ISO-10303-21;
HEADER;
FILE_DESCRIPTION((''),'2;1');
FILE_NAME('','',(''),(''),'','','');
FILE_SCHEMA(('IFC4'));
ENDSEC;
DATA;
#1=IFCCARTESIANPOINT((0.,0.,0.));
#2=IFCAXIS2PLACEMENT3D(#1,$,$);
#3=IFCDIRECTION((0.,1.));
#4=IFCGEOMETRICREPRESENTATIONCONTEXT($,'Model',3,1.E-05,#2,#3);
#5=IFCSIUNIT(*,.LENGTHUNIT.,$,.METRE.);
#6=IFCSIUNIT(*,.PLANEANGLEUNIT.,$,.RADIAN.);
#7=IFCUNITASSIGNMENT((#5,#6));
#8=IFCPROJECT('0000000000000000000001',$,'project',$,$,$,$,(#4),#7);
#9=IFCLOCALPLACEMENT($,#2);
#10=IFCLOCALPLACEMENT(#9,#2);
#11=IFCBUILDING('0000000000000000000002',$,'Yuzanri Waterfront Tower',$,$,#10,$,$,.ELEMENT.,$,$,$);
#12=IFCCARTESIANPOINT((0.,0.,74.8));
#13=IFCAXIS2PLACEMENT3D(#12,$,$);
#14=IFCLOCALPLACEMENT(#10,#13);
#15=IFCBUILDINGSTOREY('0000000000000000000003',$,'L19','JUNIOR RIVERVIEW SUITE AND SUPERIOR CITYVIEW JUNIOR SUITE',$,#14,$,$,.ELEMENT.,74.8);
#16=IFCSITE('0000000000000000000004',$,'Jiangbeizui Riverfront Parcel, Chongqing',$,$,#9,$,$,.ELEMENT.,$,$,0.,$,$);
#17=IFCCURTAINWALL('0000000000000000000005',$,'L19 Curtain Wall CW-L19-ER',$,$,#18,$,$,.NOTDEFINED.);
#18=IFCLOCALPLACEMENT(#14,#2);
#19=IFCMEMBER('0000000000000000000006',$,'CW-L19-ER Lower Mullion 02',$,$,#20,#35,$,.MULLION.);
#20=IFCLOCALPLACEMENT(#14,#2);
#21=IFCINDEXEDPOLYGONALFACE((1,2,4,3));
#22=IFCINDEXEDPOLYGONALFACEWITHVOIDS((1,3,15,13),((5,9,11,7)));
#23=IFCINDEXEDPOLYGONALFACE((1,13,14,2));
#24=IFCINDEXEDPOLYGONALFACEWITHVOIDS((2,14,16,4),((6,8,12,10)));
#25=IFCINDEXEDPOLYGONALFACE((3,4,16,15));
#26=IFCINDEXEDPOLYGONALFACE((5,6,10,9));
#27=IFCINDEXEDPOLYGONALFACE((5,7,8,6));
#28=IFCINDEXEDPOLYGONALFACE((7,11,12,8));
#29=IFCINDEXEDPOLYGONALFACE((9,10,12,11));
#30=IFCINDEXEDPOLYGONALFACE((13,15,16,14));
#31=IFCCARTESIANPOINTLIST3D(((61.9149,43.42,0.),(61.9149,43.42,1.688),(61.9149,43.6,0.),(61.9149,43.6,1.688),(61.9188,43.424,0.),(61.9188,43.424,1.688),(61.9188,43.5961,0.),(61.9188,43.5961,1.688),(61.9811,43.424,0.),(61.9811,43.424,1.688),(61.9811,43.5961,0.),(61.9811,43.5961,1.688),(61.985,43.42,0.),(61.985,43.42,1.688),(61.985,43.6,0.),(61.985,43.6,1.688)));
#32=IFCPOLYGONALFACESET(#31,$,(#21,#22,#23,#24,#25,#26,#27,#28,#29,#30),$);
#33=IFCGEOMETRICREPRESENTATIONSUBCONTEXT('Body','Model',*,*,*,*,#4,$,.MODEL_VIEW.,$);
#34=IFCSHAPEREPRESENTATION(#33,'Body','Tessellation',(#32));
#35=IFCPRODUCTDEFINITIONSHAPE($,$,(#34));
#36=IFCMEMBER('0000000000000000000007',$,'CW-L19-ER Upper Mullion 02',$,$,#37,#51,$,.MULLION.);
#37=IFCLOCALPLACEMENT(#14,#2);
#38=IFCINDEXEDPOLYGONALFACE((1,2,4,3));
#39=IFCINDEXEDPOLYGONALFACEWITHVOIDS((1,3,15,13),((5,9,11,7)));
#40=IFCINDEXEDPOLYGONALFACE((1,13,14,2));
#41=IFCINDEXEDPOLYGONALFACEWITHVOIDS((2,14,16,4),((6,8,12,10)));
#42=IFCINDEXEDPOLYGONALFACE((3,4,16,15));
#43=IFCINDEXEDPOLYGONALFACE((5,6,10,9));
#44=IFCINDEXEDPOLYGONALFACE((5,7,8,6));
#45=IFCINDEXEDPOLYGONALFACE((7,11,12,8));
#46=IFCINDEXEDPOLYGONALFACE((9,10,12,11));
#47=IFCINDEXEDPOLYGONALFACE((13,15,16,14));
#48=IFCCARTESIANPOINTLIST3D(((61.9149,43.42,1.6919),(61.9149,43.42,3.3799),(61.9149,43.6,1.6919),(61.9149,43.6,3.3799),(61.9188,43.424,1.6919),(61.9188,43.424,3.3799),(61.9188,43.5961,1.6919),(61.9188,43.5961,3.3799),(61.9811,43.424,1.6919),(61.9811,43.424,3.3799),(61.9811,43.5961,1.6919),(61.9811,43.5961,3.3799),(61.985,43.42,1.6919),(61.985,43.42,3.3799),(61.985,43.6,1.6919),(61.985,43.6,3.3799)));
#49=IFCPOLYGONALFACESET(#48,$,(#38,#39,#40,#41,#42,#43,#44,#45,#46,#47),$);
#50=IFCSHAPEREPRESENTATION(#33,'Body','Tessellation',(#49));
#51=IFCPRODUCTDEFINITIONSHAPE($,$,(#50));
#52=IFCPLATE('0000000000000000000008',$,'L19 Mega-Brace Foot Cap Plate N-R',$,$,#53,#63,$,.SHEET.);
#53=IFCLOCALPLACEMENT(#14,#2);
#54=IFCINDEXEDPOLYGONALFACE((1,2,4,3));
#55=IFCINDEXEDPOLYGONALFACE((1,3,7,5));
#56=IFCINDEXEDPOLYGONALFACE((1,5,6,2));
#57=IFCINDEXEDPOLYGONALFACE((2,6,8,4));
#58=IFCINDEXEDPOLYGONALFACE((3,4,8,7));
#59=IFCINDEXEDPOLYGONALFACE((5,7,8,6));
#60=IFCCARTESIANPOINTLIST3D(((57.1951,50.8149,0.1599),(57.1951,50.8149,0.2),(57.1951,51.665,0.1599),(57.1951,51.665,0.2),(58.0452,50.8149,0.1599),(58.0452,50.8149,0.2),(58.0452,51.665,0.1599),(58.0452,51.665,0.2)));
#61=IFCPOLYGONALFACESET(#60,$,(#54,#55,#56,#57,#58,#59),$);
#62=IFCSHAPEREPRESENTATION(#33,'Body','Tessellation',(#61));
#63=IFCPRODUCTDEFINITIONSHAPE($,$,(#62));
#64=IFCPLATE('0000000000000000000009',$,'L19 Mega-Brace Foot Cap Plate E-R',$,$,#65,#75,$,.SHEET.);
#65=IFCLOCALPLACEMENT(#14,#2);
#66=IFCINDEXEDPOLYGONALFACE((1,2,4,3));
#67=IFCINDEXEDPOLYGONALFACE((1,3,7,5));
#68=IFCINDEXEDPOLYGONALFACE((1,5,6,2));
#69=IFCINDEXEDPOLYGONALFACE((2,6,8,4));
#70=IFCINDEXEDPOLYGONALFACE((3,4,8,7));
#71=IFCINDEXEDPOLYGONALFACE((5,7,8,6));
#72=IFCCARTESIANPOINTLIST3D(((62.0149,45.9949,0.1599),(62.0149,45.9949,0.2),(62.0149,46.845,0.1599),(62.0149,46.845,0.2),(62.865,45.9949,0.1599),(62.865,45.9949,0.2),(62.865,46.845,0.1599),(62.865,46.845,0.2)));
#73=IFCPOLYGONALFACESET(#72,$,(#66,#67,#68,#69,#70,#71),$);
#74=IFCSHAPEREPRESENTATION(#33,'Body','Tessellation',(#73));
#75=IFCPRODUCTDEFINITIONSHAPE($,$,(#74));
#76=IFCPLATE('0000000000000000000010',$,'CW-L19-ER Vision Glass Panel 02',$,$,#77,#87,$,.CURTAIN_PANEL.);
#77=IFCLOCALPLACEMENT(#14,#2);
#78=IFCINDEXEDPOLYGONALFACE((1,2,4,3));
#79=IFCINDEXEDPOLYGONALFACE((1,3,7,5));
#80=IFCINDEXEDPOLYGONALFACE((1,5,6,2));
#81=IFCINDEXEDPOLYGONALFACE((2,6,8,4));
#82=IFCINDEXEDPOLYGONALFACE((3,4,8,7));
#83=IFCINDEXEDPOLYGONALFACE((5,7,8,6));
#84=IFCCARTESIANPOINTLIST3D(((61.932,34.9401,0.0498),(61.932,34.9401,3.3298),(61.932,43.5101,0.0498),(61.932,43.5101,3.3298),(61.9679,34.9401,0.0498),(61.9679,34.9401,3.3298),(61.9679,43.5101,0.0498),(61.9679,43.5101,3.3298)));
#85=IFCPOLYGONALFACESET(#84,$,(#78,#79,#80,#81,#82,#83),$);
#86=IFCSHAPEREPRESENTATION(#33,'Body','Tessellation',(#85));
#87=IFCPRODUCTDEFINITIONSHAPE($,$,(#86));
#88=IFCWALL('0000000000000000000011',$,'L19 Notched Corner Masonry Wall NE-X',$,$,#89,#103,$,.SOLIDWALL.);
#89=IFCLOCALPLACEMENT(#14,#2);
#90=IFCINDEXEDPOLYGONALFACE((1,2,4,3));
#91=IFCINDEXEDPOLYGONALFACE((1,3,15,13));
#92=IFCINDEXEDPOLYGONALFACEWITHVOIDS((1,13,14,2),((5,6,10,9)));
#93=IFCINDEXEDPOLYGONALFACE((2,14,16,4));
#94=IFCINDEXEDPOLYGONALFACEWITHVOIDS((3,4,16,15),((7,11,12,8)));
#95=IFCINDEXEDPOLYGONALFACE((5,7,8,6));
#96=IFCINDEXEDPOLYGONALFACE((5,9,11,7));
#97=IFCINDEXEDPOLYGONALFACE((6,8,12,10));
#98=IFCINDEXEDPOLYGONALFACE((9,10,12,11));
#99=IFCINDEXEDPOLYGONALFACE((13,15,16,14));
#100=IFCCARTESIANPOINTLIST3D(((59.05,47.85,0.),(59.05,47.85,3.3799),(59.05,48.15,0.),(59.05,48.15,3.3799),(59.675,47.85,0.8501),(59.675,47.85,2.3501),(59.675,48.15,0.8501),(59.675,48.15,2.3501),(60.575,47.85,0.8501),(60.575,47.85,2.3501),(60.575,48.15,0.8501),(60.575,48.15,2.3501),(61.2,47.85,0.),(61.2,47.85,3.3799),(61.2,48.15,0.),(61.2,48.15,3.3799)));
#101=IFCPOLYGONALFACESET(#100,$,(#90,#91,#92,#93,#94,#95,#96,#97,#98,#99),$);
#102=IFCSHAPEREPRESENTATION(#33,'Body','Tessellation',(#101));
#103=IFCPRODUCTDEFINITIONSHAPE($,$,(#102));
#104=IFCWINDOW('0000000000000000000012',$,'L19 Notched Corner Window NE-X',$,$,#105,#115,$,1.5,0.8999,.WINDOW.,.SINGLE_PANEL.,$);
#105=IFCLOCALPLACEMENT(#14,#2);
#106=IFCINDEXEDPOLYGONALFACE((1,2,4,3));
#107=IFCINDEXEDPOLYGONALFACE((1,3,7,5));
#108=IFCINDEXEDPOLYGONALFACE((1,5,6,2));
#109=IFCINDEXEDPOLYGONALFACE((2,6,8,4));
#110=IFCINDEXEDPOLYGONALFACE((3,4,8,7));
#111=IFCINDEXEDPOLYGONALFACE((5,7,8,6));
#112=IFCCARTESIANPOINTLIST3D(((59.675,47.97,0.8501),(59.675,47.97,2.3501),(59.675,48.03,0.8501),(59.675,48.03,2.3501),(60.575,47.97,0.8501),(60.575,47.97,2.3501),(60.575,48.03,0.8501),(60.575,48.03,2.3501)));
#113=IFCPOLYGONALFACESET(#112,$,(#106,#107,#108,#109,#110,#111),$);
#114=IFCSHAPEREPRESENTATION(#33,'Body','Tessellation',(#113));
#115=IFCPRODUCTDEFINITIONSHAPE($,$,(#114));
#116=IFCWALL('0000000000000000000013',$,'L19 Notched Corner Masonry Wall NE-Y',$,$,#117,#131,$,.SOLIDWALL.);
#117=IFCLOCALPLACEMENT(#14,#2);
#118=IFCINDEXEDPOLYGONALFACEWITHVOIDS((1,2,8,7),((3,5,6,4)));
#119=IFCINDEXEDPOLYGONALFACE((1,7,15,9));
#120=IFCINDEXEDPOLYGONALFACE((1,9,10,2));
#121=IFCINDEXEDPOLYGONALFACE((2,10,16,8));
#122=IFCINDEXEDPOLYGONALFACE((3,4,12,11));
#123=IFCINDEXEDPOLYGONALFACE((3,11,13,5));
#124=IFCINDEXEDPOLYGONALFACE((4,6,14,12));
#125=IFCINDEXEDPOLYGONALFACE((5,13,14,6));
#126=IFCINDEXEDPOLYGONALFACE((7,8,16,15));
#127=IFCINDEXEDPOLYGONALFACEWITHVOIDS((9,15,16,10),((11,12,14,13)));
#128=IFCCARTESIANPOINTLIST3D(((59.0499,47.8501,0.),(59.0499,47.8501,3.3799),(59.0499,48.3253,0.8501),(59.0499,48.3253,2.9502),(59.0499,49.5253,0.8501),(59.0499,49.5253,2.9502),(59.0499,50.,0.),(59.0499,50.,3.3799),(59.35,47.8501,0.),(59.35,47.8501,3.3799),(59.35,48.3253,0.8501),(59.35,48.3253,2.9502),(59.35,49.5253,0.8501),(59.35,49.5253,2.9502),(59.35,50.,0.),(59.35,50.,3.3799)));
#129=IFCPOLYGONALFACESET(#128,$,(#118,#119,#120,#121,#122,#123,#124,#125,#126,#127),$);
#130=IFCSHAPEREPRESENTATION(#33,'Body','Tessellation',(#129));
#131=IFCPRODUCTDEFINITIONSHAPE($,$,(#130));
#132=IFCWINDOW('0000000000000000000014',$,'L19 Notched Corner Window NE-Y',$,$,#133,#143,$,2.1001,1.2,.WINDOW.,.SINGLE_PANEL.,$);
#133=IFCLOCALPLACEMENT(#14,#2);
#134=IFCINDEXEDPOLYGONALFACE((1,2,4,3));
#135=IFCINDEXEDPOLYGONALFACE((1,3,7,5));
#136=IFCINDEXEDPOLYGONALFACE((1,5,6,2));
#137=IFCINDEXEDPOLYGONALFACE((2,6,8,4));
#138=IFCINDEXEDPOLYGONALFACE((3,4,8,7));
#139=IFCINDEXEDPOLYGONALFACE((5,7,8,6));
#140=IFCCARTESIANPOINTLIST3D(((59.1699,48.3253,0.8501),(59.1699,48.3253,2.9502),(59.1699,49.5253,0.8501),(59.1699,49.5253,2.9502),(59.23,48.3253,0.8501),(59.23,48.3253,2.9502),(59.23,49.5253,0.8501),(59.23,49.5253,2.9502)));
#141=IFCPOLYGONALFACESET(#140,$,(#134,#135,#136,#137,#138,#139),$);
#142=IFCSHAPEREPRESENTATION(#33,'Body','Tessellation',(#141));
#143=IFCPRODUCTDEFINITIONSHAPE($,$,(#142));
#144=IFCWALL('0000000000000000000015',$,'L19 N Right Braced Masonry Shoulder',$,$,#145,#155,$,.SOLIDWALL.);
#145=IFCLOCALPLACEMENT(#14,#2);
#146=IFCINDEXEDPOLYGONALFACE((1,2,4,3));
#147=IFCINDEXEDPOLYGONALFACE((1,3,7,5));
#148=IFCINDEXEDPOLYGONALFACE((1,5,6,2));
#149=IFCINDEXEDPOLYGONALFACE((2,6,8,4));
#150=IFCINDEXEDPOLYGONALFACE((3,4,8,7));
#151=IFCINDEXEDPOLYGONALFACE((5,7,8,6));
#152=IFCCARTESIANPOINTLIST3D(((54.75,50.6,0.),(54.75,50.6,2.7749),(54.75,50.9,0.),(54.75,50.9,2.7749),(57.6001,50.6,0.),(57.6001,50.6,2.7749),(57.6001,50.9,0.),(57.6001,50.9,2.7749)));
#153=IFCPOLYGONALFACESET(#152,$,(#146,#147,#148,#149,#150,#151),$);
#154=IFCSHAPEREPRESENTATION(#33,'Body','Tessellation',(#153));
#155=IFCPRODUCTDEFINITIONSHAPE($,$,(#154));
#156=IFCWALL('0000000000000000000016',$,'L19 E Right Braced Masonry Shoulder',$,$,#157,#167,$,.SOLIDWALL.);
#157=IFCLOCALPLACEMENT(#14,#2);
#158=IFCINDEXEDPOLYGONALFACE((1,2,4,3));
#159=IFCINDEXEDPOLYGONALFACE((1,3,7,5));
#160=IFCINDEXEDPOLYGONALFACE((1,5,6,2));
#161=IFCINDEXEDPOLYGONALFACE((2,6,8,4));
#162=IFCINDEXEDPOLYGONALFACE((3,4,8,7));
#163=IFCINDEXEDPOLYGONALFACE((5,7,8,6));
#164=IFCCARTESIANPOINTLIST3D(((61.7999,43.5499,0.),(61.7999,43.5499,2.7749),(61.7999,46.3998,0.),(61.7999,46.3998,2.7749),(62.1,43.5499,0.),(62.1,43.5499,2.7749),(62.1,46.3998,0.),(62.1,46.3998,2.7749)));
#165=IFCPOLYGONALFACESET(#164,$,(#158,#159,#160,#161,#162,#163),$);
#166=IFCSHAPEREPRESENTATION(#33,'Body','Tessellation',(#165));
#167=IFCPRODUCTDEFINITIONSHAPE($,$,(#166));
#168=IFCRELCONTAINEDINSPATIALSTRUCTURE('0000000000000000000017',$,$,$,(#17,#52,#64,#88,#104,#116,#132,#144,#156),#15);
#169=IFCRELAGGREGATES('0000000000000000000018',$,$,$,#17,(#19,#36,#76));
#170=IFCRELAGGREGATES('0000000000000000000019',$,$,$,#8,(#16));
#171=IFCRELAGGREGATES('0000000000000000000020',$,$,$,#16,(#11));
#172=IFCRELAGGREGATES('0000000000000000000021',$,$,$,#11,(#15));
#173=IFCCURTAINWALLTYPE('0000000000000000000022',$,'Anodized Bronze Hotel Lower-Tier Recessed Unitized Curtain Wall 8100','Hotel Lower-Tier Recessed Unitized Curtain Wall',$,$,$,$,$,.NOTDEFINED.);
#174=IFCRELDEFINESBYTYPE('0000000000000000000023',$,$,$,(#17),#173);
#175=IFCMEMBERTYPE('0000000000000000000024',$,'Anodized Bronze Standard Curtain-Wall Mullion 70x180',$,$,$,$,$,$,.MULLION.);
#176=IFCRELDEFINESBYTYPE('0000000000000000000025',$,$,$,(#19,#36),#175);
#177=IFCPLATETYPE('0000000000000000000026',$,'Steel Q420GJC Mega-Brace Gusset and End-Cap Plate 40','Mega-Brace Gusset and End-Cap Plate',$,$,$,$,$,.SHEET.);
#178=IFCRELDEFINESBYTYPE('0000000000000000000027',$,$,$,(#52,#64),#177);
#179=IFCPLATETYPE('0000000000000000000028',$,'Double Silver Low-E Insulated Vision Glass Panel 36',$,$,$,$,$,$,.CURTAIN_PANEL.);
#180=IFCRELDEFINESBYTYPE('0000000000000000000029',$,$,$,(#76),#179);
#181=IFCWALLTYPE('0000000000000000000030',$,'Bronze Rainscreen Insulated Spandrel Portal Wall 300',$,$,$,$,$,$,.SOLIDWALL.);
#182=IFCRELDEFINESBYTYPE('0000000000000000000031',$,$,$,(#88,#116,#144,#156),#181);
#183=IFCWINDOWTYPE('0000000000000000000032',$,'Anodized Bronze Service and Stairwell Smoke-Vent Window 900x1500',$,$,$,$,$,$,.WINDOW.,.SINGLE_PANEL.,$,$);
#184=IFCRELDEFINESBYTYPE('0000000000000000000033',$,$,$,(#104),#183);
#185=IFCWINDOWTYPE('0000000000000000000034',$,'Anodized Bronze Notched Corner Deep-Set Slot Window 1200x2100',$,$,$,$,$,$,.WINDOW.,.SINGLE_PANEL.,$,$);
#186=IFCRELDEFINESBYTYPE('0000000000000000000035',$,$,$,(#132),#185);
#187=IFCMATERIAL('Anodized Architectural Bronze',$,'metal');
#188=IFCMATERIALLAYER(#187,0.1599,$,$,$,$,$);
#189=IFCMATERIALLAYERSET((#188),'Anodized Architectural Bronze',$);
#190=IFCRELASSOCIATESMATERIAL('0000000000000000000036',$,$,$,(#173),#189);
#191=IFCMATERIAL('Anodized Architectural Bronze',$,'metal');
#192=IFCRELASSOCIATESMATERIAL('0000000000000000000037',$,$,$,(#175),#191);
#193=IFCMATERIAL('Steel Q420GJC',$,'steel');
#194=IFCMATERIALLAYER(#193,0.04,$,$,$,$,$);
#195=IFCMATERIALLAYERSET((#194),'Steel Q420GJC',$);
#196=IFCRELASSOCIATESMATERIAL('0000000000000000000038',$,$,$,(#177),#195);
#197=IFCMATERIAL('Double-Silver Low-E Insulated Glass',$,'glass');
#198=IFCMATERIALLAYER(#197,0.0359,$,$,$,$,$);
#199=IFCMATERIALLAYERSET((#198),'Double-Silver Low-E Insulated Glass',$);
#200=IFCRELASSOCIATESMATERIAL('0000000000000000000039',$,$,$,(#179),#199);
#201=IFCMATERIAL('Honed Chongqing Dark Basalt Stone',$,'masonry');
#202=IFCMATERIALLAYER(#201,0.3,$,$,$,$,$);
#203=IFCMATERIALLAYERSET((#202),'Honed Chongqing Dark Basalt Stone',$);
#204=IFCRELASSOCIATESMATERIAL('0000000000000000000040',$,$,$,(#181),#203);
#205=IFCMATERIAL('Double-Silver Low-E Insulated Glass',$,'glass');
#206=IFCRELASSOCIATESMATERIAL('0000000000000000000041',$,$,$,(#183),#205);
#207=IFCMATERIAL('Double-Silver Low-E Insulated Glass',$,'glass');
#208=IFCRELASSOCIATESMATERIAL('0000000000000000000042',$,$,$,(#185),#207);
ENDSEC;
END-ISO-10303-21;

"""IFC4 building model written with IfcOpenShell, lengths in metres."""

from ifc_helpers import new_model, si_unit, direction, frame, frame_2d, origin, origin_2d, place, context, subcontext, project, spatial, rectangle, hollow_rectangle, extrude, source, transform, mapped, material, layer, layer_set, material_profile, profile_set, type_object, element, fill, aggregate, save


model = new_model("IFC4")

# Units and contexts
model_context = context("Model", 3, precision=1e-05, world=origin(), true_north=direction((0.0, 1.0)))
body_context = subcontext(model_context, "Body", "Model", "MODEL_VIEW")
ifc_project = project(units=[si_unit("LENGTHUNIT", "METRE"), si_unit("PLANEANGLEUNIT", "RADIAN")], contexts=[model_context])

# Site, building, storey
site_placement = place(None, origin())
site = spatial("IfcSite", under=ifc_project, at=site_placement, Name="Jiangbeizui Riverfront Parcel, Chongqing", CompositionType="ELEMENT", RefElevation=0.0)
building_placement = place(site_placement, origin())
building = spatial("IfcBuilding", under=site, at=building_placement, Name="Yuzanri Waterfront Tower", CompositionType="ELEMENT")
storey_placement = place(building_placement, frame((0.0, 0.0, 74.8)))
storey = spatial("IfcBuildingStorey", under=building, at=storey_placement, Name="L19", Description="JUNIOR RIVERVIEW SUITE AND SUPERIOR CITYVIEW JUNIOR SUITE", CompositionType="ELEMENT", Elevation=74.8)

# Curtain wall, members
ifc_material_1 = material(Name="Anodized Architectural Bronze", Category="metal")
ifc_layer_1 = layer(ifc_material_1, 0.1599)
ifc_layer_set_1 = layer_set([ifc_layer_1], Name="Anodized Architectural Bronze")
curtain_wall_type = type_object("IfcCurtainWallType", Name="Anodized Bronze Hotel Lower-Tier Recessed Unitized Curtain Wall 8100", Description="Hotel Lower-Tier Recessed Unitized Curtain Wall", PredefinedType="NOTDEFINED", material=ifc_layer_set_1)
ifc_material_2 = material(Name="Anodized Architectural Bronze", Category="metal")
ifc_material_profile_1 = material_profile(ifc_material_2, hollow_rectangle(XDim=0.0701, YDim=0.1799, WallThickness=0.0039, at=origin_2d()), Name="CWM 70x180")
ifc_profile_set_1 = profile_set([ifc_material_profile_1], Name="Anodized Architectural Bronze")
member_type_1 = type_object("IfcMemberType", Name="Anodized Bronze Standard Curtain-Wall Mullion 70x180", PredefinedType="MULLION", material=ifc_profile_set_1)
shared_shape_1 = source(origin(), body_context, "Body", "SweptSolid", [
    extrude(hollow_rectangle(XDim=0.0701, YDim=0.1799, WallThickness=0.0039, at=origin_2d()), origin(), (0.0, 0.0, 1.0), 1.688),
])
curtain_wall_1_placement = place(storey_placement, origin())
curtain_wall_1 = element("IfcCurtainWall", 1, at=curtain_wall_1_placement, inside=storey, type_object=curtain_wall_type, Name="L19 Curtain Wall CW-L19-ER", PredefinedType="NOTDEFINED")
member_1_placement = place(storey_placement, frame((61.95, 43.51, 0.0), z_axis=(0.0, 0.0, 1.0), x_axis=(1.0, 0.0, 0.0)))
member_1 = element("IfcMember", 2, at=member_1_placement, type_object=member_type_1, Name="CW-L19-ER Lower Mullion 02", PredefinedType="MULLION", context=body_context, shape_type="MappedRepresentation", body=[
    mapped(shared_shape_1, transform((0.0, 0.0, 0.0), scale=1.0)),
])
member_2_placement = place(storey_placement, frame((61.95, 43.51, 1.6919), z_axis=(0.0, 0.0, 1.0), x_axis=(1.0, 0.0, 0.0)))
member_2 = element("IfcMember", 3, at=member_2_placement, type_object=member_type_1, Name="CW-L19-ER Upper Mullion 02", PredefinedType="MULLION", context=body_context, shape_type="MappedRepresentation", body=[
    mapped(shared_shape_1, transform((0.0, 0.0, 0.0), scale=1.0)),
])

# Plates
ifc_material_3 = material(Name="Steel Q420GJC", Category="steel")
ifc_layer_2 = layer(ifc_material_3, 0.04)
ifc_layer_set_2 = layer_set([ifc_layer_2], Name="Steel Q420GJC")
plate_type_1 = type_object("IfcPlateType", Name="Steel Q420GJC Mega-Brace Gusset and End-Cap Plate 40", Description="Mega-Brace Gusset and End-Cap Plate", PredefinedType="SHEET", material=ifc_layer_set_2)
shared_shape_2 = source(origin(), body_context, "Body", "SweptSolid", [
    extrude(rectangle(XDim=0.8501, YDim=0.8501, at=origin_2d()), origin(), (0.0, 0.0, 1.0), 0.04),
])
for number, where, z_axis, x_axis, name in (
    (4, (57.6201, 51.24, 0.1599), (0.0, 0.0, 1.0), (1.0, 0.0, 0.0), "L19 Mega-Brace Foot Cap Plate N-R"),
    (5, (62.4399, 46.4199, 0.1599), (0.0, 0.0, 1.0), (1.0, 0.0, 0.0), "L19 Mega-Brace Foot Cap Plate E-R"),
):
    element("IfcPlate", number, at=place(storey_placement, frame(where, z_axis=z_axis, x_axis=x_axis)), inside=storey, type_object=plate_type_1, Name=name, PredefinedType="SHEET", context=body_context, shape_type="MappedRepresentation", body=[
        mapped(shared_shape_2, transform((0.0, 0.0, 0.0), scale=1.0)),
    ])

# Plate
ifc_material_4 = material(Name="Double-Silver Low-E Insulated Glass", Category="glass")
ifc_layer_3 = layer(ifc_material_4, 0.0359)
ifc_layer_set_3 = layer_set([ifc_layer_3], Name="Double-Silver Low-E Insulated Glass")
plate_type_2 = type_object("IfcPlateType", Name="Double Silver Low-E Insulated Vision Glass Panel 36", PredefinedType="CURTAIN_PANEL", material=ifc_layer_set_3)
shared_shape_3 = source(origin(), body_context, "Body", "SweptSolid", [
    extrude(rectangle(XDim=8.5701, YDim=0.0359, at=origin_2d()), origin(), (0.0, 0.0, 1.0), 3.28),
])
plate_placement = place(storey_placement, frame((61.95, 39.2251, 0.0498), z_axis=(0.0, 0.0, 1.0), x_axis=(0.0, 1.0, 0.0)))
plate = element("IfcPlate", 6, at=plate_placement, type_object=plate_type_2, Name="CW-L19-ER Vision Glass Panel 02", PredefinedType="CURTAIN_PANEL", context=body_context, shape_type="MappedRepresentation", body=[
    mapped(shared_shape_3, transform((0.0, 0.0, 0.0), scale=1.0)),
])
aggregate(curtain_wall_1, [member_1, member_2, plate])

# Walls, openings, windows
ifc_material_5 = material(Name="Honed Chongqing Dark Basalt Stone", Category="masonry")
ifc_layer_4 = layer(ifc_material_5, 0.3)
ifc_layer_set_4 = layer_set([ifc_layer_4], Name="Honed Chongqing Dark Basalt Stone")
wall_type_1 = type_object("IfcWallType", Name="Bronze Rainscreen Insulated Spandrel Portal Wall 300", PredefinedType="SOLIDWALL", material=ifc_layer_set_4)
wall_1_placement = place(storey_placement, frame((61.2, 48.0, 0.0), z_axis=(0.0, 0.0, 1.0), x_axis=(-1.0, 0.0, 0.0)))
wall_1 = element("IfcWall", 7, at=wall_1_placement, inside=storey, type_object=wall_type_1, Name="L19 Notched Corner Masonry Wall NE-X", PredefinedType="SOLIDWALL", context=body_context, shape_type="SweptSolid", body=[
    extrude(rectangle(XDim=2.1499, YDim=0.3, at=frame_2d((1.075, 0.0))), origin(), (0.0, 0.0, 1.0), 3.3799),
])
opening_1_placement = place(wall_1_placement, frame((0.625, 0.0, 0.8501)))
opening_1 = element("IfcOpeningElement", 8, at=opening_1_placement, cuts=wall_1, PredefinedType="OPENING", context=body_context, shape_type="SweptSolid", body=[
    extrude(rectangle(XDim=0.8999, YDim=1.5, at=frame_2d((0.45, 0.75))), frame((0.0, 0.165, 0.0), z_axis=(0.0, -1.0, 0.0), x_axis=(1.0, 0.0, 0.0)), (0.0, 0.0, 1.0), 0.3298),
])
ifc_material_6 = material(Name="Double-Silver Low-E Insulated Glass", Category="glass")
window_type_1 = type_object("IfcWindowType", Name="Anodized Bronze Service and Stairwell Smoke-Vent Window 900x1500", PartitioningType="SINGLE_PANEL", PredefinedType="WINDOW", material=ifc_material_6)
shared_shape_4 = source(origin(), body_context, "Body", "SweptSolid", [
    extrude(rectangle(XDim=0.8999, YDim=1.5, at=frame_2d((0.45, 0.75))), frame((0.0, 0.03, 0.0), z_axis=(0.0, -1.0, 0.0), x_axis=(1.0, 0.0, 0.0)), (0.0, 0.0, 1.0), 0.0601),
])
window_1_placement = place(opening_1_placement, origin())
window_1 = element("IfcWindow", 9, at=window_1_placement, inside=storey, type_object=window_type_1, Name="L19 Notched Corner Window NE-X", OverallHeight=1.5, OverallWidth=0.8999, PartitioningType="SINGLE_PANEL", PredefinedType="WINDOW", context=body_context, shape_type="MappedRepresentation", body=[
    mapped(shared_shape_4, transform((0.0, 0.0, 0.0), scale=1.0)),
])
fill(opening_1, window_1)
wall_2_placement = place(storey_placement, frame((59.2, 47.8501, 0.0), z_axis=(0.0, 0.0, 1.0), x_axis=(0.0, 1.0, 0.0)))
wall_2 = element("IfcWall", 10, at=wall_2_placement, inside=storey, type_object=wall_type_1, Name="L19 Notched Corner Masonry Wall NE-Y", PredefinedType="SOLIDWALL", context=body_context, shape_type="SweptSolid", body=[
    extrude(rectangle(XDim=2.1499, YDim=0.3, at=frame_2d((1.075, 0.0))), origin(), (0.0, 0.0, 1.0), 3.3799),
])
opening_2_placement = place(wall_2_placement, frame((0.4751, 0.0, 0.8501)))
opening_2 = element("IfcOpeningElement", 11, at=opening_2_placement, cuts=wall_2, PredefinedType="OPENING", context=body_context, shape_type="SweptSolid", body=[
    extrude(rectangle(XDim=1.2, YDim=2.1001, at=frame_2d((0.6001, 1.05))), frame((0.0, 0.165, 0.0), z_axis=(0.0, -1.0, 0.0), x_axis=(1.0, 0.0, 0.0)), (0.0, 0.0, 1.0), 0.3298),
])
ifc_material_7 = material(Name="Double-Silver Low-E Insulated Glass", Category="glass")
window_type_2 = type_object("IfcWindowType", Name="Anodized Bronze Notched Corner Deep-Set Slot Window 1200x2100", PartitioningType="SINGLE_PANEL", PredefinedType="WINDOW", material=ifc_material_7)
shared_shape_5 = source(origin(), body_context, "Body", "SweptSolid", [
    extrude(rectangle(XDim=1.2, YDim=2.1001, at=frame_2d((0.6001, 1.05))), frame((0.0, 0.03, 0.0), z_axis=(0.0, -1.0, 0.0), x_axis=(1.0, 0.0, 0.0)), (0.0, 0.0, 1.0), 0.0601),
])
window_2_placement = place(opening_2_placement, origin())
window_2 = element("IfcWindow", 12, at=window_2_placement, inside=storey, type_object=window_type_2, Name="L19 Notched Corner Window NE-Y", OverallHeight=2.1001, OverallWidth=1.2, PartitioningType="SINGLE_PANEL", PredefinedType="WINDOW", context=body_context, shape_type="MappedRepresentation", body=[
    mapped(shared_shape_5, transform((0.0, 0.0, 0.0), scale=1.0)),
])
fill(opening_2, window_2)

# Walls
shared_shape_6 = source(origin(), body_context, "Body", "SweptSolid", [
    extrude(rectangle(XDim=2.8501, YDim=0.3, at=frame_2d((1.425, 0.0))), origin(), (0.0, 0.0, 1.0), 2.7749),
])
wall_3_placement = place(storey_placement, frame((54.75, 50.75, 0.0), z_axis=(0.0, 0.0, 1.0), x_axis=(1.0, 0.0, 0.0)))
element("IfcWall", 13, at=wall_3_placement, inside=storey, type_object=wall_type_1, Name="L19 N Right Braced Masonry Shoulder", PredefinedType="SOLIDWALL", context=body_context, shape_type="MappedRepresentation", body=[
    mapped(shared_shape_6, transform((0.0, 0.0, 0.0), scale=1.0)),
])
shared_shape_7 = source(origin(), body_context, "Body", "SweptSolid", [
    extrude(rectangle(XDim=2.8499, YDim=0.3, at=frame_2d((1.4248, 0.0))), origin(), (0.0, 0.0, 1.0), 2.7749),
])
wall_4_placement = place(storey_placement, frame((61.95, 43.55, 0.0), z_axis=(0.0, 0.0, 1.0), x_axis=(0.0, 1.0, 0.0)))
element("IfcWall", 14, at=wall_4_placement, inside=storey, type_object=wall_type_1, Name="L19 E Right Braced Masonry Shoulder", PredefinedType="SOLIDWALL", context=body_context, shape_type="MappedRepresentation", body=[
    mapped(shared_shape_7, transform((0.0, 0.0, 0.0), scale=1.0)),
])

save(model, "model.ifc")
